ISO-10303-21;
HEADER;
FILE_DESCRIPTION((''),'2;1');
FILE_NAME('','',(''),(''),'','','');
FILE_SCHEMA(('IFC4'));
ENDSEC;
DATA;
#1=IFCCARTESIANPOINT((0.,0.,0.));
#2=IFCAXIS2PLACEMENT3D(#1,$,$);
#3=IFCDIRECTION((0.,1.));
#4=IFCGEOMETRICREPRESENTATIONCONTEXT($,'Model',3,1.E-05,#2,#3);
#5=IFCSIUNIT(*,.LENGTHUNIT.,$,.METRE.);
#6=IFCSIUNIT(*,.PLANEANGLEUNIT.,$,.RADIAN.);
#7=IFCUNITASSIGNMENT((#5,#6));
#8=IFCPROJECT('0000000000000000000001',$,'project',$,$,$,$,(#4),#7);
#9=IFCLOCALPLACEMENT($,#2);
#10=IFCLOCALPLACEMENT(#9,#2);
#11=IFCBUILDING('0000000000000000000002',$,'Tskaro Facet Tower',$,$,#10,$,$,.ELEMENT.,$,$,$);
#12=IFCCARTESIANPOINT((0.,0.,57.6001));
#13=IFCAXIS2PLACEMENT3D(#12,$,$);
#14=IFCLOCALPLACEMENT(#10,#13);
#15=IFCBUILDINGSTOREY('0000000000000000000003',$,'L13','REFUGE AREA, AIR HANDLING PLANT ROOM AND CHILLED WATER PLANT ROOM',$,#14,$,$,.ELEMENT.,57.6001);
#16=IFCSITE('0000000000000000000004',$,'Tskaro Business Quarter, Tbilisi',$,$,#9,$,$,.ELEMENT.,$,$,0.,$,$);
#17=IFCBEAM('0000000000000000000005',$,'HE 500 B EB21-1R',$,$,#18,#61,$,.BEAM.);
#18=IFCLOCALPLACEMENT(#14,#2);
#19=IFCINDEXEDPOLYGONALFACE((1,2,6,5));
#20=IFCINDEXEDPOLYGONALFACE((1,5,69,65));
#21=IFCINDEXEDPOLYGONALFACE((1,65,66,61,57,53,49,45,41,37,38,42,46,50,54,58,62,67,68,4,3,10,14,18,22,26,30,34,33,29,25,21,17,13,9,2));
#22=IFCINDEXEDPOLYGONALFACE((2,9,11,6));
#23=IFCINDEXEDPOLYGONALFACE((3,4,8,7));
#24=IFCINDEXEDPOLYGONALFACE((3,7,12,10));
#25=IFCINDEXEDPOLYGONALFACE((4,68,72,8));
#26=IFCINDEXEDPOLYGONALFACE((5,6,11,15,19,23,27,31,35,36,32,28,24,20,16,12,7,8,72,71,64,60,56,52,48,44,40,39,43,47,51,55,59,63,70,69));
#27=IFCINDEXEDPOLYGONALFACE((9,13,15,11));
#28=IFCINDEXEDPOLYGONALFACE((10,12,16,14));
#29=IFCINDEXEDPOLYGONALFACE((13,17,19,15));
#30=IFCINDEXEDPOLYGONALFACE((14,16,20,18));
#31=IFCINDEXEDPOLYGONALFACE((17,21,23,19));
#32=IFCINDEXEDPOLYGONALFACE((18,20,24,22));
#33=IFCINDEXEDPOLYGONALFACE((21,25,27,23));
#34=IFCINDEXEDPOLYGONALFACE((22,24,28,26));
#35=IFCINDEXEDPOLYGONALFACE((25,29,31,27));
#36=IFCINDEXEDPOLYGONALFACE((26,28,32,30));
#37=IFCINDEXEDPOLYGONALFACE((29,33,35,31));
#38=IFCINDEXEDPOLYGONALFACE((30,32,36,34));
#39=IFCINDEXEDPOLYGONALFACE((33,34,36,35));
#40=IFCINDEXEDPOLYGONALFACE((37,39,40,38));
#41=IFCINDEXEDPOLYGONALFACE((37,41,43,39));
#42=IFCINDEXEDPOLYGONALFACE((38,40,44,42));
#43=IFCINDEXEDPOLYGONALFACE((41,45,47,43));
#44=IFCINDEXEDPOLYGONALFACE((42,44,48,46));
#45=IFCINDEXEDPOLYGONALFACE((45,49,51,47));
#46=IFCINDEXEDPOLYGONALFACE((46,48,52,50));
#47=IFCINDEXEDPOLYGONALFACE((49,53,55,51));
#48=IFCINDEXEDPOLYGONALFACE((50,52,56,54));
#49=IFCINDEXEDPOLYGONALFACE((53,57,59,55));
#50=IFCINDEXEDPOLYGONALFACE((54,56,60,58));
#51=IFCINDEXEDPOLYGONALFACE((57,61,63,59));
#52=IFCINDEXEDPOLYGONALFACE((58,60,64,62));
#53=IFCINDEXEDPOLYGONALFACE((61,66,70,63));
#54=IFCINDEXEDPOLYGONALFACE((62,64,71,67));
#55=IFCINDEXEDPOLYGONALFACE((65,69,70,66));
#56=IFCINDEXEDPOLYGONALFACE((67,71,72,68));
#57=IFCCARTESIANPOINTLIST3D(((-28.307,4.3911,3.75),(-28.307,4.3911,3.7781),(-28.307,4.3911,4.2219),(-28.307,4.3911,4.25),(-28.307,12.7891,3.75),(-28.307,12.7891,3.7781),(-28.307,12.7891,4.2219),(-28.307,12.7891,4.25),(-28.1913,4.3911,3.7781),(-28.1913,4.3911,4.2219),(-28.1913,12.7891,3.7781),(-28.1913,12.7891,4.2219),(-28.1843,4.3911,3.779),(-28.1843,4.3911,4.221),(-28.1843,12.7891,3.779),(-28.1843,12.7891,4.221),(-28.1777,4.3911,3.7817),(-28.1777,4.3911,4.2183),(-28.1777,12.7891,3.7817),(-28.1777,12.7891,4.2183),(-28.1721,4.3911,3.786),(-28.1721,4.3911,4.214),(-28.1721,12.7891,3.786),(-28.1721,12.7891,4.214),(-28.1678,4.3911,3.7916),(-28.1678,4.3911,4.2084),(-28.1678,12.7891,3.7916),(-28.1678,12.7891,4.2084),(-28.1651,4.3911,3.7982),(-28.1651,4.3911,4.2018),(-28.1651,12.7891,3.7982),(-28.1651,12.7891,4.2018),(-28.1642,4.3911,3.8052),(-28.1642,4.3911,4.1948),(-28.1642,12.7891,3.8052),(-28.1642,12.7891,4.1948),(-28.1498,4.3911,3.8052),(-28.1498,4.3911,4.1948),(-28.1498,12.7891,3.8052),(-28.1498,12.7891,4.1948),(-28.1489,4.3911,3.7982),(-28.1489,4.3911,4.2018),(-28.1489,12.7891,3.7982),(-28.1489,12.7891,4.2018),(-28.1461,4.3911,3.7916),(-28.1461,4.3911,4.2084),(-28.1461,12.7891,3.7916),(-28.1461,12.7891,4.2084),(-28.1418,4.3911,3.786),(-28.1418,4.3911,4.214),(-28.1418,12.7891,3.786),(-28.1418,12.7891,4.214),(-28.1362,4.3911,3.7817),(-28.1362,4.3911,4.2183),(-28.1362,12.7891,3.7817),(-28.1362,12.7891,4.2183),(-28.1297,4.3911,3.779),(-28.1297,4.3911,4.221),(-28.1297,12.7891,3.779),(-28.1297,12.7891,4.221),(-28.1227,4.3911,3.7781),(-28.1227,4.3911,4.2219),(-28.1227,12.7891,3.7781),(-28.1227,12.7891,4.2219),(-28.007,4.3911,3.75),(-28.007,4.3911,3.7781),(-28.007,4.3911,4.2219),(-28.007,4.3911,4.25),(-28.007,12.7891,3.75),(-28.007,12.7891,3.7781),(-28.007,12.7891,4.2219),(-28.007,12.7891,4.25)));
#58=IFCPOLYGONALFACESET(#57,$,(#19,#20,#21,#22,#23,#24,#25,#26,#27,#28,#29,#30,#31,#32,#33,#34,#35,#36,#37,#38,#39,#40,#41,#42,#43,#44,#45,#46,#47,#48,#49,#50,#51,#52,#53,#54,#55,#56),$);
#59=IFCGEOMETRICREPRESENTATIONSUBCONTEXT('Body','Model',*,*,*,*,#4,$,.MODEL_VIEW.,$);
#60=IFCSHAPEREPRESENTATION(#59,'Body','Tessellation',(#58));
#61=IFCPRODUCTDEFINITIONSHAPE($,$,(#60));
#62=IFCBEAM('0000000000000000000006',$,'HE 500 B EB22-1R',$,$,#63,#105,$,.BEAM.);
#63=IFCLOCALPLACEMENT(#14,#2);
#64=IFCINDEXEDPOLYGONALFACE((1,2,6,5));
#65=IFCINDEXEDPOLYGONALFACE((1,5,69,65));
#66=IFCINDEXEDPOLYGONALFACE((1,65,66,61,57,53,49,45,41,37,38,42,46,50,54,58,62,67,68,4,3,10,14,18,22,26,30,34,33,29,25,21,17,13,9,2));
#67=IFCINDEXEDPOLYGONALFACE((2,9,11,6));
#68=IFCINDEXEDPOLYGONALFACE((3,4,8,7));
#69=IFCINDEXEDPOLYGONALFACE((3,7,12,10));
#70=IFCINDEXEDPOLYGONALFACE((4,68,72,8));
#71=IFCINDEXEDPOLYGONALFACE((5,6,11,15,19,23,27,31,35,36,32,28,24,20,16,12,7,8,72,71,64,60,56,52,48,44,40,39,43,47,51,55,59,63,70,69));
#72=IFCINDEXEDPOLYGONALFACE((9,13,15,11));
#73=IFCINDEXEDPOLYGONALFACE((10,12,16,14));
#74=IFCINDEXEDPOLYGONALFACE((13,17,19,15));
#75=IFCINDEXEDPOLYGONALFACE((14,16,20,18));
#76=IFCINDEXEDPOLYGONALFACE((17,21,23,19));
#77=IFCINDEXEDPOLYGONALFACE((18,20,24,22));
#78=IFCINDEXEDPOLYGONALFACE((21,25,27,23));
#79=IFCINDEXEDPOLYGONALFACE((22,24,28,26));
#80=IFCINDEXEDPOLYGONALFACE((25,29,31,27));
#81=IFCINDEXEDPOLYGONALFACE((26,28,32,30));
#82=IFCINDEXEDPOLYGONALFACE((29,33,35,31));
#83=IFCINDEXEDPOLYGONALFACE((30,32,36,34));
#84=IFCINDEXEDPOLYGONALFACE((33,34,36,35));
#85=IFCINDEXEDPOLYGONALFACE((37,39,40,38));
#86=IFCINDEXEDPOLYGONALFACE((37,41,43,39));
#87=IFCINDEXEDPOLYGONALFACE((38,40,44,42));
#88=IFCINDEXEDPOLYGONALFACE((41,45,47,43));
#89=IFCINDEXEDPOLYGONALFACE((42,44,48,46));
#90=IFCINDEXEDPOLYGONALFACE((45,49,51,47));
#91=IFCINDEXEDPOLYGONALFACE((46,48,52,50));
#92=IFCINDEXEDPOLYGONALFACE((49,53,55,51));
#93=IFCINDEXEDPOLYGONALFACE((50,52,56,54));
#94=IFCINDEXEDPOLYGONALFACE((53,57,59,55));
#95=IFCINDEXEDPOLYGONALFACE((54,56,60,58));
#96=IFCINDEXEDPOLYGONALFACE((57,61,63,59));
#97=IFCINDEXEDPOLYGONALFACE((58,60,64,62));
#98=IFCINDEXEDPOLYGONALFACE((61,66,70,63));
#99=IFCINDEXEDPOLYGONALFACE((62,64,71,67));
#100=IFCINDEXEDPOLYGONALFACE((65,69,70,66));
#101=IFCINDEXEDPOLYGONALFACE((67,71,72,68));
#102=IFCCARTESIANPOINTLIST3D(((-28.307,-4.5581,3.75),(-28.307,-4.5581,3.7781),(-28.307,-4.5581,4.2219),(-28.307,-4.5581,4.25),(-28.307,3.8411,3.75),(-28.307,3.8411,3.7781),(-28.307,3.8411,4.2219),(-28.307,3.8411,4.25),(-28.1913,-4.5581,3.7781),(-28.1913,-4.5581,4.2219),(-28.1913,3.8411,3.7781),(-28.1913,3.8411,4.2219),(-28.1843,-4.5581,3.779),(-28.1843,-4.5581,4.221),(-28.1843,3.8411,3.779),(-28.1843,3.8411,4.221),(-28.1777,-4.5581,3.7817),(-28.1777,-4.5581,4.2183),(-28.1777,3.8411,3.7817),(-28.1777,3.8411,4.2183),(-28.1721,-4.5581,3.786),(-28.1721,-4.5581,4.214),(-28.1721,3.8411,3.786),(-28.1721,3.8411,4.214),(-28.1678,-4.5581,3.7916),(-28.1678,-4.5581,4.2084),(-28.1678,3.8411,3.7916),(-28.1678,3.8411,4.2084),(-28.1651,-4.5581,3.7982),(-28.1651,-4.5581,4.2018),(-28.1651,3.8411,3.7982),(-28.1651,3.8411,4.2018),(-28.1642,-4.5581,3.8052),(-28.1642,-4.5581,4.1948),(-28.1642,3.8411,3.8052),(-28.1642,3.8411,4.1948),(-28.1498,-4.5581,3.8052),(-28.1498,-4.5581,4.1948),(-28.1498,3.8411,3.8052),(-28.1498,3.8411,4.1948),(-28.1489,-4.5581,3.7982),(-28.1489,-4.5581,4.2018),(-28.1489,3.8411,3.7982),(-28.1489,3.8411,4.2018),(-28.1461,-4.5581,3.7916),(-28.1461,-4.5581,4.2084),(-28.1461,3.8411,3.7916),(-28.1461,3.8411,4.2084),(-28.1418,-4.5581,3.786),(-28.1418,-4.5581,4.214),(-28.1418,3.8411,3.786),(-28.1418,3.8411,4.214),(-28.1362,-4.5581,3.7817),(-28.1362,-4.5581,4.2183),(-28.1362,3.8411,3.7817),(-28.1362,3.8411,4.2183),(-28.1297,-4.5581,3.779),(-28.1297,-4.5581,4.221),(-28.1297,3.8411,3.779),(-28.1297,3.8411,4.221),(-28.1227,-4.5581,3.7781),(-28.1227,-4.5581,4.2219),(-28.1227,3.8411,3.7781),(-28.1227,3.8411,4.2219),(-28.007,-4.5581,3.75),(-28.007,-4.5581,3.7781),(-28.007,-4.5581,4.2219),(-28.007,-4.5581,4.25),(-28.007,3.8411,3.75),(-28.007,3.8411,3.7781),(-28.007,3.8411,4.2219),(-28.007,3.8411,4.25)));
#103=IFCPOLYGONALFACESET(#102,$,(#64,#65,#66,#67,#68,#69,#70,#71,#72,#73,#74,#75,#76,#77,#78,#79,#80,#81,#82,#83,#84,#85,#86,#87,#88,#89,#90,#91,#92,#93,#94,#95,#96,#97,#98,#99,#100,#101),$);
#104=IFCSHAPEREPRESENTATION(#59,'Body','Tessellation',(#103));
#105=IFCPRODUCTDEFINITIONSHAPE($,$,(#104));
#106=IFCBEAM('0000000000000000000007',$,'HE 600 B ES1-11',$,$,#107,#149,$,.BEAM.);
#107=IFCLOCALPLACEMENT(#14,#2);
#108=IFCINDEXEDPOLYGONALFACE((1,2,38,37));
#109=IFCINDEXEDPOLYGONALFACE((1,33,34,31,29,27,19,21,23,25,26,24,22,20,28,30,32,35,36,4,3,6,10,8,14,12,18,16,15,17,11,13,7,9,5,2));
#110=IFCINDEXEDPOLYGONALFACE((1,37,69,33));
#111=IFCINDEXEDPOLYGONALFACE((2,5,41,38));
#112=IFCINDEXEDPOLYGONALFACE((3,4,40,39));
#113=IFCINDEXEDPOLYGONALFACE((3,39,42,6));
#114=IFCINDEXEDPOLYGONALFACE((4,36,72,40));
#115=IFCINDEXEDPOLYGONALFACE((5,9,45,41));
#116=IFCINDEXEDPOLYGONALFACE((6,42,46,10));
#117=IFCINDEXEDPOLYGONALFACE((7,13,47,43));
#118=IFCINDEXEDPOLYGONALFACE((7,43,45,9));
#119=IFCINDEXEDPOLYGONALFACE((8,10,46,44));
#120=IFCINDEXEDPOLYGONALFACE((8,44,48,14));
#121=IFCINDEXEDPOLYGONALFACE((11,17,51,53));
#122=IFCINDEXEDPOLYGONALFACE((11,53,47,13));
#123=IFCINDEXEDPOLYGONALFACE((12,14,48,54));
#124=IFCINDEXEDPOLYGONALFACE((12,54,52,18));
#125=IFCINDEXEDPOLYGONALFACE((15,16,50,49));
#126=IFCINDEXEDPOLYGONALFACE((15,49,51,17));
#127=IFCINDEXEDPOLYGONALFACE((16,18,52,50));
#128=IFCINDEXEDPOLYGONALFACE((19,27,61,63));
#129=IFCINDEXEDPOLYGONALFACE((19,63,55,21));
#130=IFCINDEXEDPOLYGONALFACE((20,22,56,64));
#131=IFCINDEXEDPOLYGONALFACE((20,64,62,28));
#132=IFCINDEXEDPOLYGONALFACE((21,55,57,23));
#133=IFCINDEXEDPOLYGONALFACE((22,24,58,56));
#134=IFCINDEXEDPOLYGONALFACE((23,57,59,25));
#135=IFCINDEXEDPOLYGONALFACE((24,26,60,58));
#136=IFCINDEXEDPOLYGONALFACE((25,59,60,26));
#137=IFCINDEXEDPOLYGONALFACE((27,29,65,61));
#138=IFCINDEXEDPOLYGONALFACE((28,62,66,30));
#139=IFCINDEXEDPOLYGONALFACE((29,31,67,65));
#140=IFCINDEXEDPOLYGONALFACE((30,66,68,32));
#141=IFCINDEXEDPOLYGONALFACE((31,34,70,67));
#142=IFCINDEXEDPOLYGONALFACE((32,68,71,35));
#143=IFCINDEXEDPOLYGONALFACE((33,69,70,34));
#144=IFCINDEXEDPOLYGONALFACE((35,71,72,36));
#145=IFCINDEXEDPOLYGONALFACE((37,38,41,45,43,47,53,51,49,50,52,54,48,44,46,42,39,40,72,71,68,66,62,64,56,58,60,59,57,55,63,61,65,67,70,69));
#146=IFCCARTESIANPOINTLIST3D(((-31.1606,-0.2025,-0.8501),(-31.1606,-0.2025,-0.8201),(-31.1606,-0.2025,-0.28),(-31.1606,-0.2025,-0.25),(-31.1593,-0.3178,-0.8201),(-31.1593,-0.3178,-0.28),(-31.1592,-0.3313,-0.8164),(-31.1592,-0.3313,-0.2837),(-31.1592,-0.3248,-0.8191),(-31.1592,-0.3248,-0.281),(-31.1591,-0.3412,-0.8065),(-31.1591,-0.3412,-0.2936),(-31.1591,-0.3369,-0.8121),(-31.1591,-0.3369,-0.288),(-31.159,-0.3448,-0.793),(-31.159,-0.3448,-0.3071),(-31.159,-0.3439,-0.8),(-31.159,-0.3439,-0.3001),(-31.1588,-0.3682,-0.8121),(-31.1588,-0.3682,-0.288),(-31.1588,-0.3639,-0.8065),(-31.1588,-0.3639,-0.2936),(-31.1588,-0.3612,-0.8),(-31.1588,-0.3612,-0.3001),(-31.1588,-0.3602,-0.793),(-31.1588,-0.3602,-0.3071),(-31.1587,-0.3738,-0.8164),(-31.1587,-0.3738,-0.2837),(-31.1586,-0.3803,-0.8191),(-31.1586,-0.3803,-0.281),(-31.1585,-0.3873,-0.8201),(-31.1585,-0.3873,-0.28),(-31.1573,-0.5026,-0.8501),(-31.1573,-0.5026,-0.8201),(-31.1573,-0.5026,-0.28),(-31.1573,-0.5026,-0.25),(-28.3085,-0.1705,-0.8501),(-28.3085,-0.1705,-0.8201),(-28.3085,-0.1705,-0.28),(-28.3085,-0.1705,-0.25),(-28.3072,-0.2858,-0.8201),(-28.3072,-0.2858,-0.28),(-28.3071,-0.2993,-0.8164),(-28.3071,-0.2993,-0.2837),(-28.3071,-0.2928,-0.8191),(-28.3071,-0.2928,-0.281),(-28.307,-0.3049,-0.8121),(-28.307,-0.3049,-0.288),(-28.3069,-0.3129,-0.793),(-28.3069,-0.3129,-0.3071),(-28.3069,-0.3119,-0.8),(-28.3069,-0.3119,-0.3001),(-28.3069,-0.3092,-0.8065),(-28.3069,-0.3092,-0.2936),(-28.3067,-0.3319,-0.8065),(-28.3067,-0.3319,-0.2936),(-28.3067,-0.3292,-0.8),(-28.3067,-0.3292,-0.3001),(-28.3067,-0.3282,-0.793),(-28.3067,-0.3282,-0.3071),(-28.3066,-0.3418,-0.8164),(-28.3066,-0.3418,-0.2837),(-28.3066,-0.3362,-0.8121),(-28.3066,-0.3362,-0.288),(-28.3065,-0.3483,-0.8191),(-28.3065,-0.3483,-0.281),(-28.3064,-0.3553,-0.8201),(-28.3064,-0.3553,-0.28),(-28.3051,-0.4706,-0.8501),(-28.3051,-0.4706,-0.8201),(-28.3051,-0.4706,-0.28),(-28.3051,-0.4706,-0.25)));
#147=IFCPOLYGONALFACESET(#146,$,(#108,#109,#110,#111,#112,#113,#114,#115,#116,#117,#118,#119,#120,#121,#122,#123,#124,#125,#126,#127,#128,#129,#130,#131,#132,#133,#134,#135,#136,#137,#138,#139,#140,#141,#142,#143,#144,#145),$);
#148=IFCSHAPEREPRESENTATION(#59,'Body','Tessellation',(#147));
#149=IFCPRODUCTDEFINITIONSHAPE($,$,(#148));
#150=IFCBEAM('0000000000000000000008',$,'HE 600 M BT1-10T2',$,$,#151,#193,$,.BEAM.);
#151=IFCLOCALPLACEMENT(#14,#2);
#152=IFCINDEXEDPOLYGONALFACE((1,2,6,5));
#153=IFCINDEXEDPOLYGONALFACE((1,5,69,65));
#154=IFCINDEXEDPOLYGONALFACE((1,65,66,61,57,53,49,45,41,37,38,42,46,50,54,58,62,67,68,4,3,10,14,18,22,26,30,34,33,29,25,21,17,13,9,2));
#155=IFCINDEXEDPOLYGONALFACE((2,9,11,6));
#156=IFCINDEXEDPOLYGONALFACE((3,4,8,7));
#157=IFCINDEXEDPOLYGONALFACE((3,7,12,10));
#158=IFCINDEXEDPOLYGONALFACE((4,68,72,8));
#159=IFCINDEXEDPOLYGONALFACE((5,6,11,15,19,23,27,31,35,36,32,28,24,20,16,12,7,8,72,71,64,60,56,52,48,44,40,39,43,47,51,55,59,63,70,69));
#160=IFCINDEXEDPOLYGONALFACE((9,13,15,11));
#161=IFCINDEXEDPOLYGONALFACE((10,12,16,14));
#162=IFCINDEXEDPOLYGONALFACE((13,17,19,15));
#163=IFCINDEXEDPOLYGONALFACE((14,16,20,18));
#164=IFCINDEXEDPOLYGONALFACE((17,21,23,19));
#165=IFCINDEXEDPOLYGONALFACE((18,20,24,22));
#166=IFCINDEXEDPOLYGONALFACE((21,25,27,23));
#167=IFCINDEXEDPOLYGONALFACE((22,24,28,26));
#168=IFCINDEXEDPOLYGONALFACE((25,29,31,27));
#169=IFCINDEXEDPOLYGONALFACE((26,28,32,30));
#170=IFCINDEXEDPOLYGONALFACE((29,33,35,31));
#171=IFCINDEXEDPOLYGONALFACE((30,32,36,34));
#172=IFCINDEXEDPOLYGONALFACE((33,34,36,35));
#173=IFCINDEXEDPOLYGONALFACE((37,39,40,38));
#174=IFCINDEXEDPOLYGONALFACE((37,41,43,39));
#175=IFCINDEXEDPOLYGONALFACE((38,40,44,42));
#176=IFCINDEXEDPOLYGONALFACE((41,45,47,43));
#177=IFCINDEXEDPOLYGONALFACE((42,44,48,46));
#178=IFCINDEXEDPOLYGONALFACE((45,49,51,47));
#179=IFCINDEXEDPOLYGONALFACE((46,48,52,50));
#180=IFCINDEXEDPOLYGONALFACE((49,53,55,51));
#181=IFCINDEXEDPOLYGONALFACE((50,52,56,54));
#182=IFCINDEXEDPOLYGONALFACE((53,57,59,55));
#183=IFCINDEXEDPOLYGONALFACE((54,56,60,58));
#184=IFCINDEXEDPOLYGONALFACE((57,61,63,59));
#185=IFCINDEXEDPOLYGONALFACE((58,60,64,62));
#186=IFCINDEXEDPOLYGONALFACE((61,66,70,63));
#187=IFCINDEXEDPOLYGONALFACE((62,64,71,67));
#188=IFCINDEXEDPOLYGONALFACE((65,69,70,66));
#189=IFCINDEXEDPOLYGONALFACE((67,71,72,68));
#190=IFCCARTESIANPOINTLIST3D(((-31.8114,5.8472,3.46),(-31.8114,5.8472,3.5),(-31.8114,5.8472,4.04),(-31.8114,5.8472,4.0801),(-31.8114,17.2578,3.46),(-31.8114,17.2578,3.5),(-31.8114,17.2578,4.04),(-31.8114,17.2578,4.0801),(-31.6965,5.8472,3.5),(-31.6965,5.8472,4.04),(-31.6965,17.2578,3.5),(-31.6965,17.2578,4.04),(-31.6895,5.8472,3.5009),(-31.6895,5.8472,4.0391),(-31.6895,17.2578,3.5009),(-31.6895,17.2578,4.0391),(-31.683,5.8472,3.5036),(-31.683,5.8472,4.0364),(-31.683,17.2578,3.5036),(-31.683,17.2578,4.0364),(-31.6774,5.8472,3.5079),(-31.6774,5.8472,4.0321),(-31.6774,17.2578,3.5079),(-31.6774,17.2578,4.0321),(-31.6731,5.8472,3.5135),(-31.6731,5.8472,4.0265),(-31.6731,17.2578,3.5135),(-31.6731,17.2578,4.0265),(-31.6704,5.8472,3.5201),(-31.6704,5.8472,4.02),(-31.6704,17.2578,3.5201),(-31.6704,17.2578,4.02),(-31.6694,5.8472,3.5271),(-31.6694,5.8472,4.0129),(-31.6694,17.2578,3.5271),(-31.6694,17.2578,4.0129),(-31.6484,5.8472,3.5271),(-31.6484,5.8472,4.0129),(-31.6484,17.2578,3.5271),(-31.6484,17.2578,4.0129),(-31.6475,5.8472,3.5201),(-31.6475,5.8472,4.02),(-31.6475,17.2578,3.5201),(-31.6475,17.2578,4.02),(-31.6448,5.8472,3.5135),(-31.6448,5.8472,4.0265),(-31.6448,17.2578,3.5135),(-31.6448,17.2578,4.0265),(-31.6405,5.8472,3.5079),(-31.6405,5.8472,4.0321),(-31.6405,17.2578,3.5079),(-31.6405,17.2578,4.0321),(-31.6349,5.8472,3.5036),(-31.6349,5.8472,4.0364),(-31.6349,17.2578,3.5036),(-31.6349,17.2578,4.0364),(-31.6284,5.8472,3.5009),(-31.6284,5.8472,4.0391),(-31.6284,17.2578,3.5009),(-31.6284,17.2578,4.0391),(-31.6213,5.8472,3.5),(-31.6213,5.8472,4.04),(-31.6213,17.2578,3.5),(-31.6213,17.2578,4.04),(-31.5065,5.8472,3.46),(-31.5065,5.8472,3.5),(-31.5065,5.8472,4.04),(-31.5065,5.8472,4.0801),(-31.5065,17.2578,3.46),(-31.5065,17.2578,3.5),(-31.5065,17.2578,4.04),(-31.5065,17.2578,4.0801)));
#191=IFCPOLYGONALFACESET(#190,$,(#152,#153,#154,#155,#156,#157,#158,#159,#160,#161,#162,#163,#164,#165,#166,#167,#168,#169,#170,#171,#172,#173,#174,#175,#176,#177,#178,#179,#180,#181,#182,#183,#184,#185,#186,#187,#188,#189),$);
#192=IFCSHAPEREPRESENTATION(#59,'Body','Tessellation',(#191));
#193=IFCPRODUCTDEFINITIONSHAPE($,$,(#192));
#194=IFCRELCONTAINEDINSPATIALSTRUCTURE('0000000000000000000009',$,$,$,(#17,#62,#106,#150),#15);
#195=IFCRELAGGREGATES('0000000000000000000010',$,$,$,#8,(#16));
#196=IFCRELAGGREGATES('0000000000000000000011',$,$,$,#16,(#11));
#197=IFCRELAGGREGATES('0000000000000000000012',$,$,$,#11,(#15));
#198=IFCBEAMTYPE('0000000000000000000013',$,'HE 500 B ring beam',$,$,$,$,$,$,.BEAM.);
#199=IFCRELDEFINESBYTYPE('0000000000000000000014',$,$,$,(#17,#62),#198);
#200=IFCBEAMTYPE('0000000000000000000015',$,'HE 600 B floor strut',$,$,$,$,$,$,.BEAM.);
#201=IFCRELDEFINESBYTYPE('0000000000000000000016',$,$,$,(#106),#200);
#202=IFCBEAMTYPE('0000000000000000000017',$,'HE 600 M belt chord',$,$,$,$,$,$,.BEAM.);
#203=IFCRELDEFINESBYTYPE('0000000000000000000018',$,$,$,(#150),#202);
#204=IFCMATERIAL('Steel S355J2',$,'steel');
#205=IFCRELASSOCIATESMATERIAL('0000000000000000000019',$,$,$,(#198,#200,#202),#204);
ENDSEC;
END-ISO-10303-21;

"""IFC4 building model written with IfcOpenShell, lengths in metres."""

from ifc_helpers import new_model, si_unit, direction, frame, origin, origin_2d, place, context, subcontext, project, spatial, i_section, extrude, material, material_profile, profile_set, type_object, element, save


model = new_model("IFC4")

# Units and contexts
model_context = context("Model", 3, precision=1e-05, world=origin(), true_north=direction((0.0, 1.0)))
body_context = subcontext(model_context, "Body", "Model", "MODEL_VIEW")
ifc_project = project(units=[si_unit("LENGTHUNIT", "METRE"), si_unit("PLANEANGLEUNIT", "RADIAN")], contexts=[model_context])

# Site, building, storey
site_placement = place(None, origin())
site = spatial("IfcSite", under=ifc_project, at=site_placement, Name="Tskaro Business Quarter, Tbilisi", CompositionType="ELEMENT", RefElevation=0.0)
building_placement = place(site_placement, origin())
building = spatial("IfcBuilding", under=site, at=building_placement, Name="Tskaro Facet Tower", CompositionType="ELEMENT")
storey_placement = place(building_placement, frame((0.0, 0.0, 57.6001)))
storey = spatial("IfcBuildingStorey", under=building, at=storey_placement, Name="L13", Description="REFUGE AREA, AIR HANDLING PLANT ROOM AND CHILLED WATER PLANT ROOM", CompositionType="ELEMENT", Elevation=57.6001)

# Shared definitions
ifc_material_1 = material(Name="Steel S355J2", Category="steel")

# Beams
ifc_material_profile_1 = material_profile(ifc_material_1, i_section(OverallWidth=0.3, OverallDepth=0.5, WebThickness=0.0144, FlangeThickness=0.0281, FilletRadius=0.0271, at=origin_2d()), Name="HE 500 B")
ifc_profile_set_1 = profile_set([ifc_material_profile_1], Name="Steel S355J2")
beam_type_1 = type_object("IfcBeamType", Name="HE 500 B ring beam", PredefinedType="BEAM", material=ifc_profile_set_1)
beam_1_placement = place(storey_placement, frame((-28.157, 12.7891, 4.0), z_axis=(0.0, -1.0, 0.0), x_axis=(1.0, 0.0, 0.0)))
element("IfcBeam", 1, at=beam_1_placement, inside=storey, type_object=beam_type_1, Name="HE 500 B EB21-1R", PredefinedType="BEAM", context=body_context, shape_type="SweptSolid", body=[
    extrude(i_section(OverallWidth=0.3, OverallDepth=0.5, WebThickness=0.0144, FlangeThickness=0.0281, FilletRadius=0.0271, at=origin_2d()), origin(), (0.0, 0.0, 1.0), 8.3979),
])
beam_2_placement = place(storey_placement, frame((-28.157, 3.8411, 4.0), z_axis=(0.0, -1.0, 0.0), x_axis=(1.0, 0.0, 0.0)))
element("IfcBeam", 2, at=beam_2_placement, inside=storey, type_object=beam_type_1, Name="HE 500 B EB22-1R", PredefinedType="BEAM", context=body_context, shape_type="SweptSolid", body=[
    extrude(i_section(OverallWidth=0.3, OverallDepth=0.5, WebThickness=0.0144, FlangeThickness=0.0281, FilletRadius=0.0271, at=origin_2d()), origin(), (0.0, 0.0, 1.0), 8.3992),
])
ifc_material_profile_2 = material_profile(ifc_material_1, i_section(OverallWidth=0.3, OverallDepth=0.6001, WebThickness=0.0154, FlangeThickness=0.03, FilletRadius=0.0271, at=origin_2d()), Name="HE 600 B")
ifc_profile_set_2 = profile_set([ifc_material_profile_2], Name="Steel S355J2")
beam_type_2 = type_object("IfcBeamType", Name="HE 600 B floor strut", PredefinedType="BEAM", material=ifc_profile_set_2)
beam_3_placement = place(storey_placement, frame((-31.1589, -0.3525, -0.55), z_axis=(0.999937, 0.011213, 0.0), x_axis=(-0.011213, 0.999937, 0.0)))
element("IfcBeam", 3, at=beam_3_placement, inside=storey, type_object=beam_type_2, Name="HE 600 B ES1-11", PredefinedType="BEAM", context=body_context, shape_type="SweptSolid", body=[
    extrude(i_section(OverallWidth=0.3, OverallDepth=0.6001, WebThickness=0.0154, FlangeThickness=0.03, FilletRadius=0.0271, at=origin_2d()), origin(), (0.0, 0.0, 1.0), 2.8523),
])
ifc_material_profile_3 = material_profile(ifc_material_1, i_section(OverallWidth=0.3049, OverallDepth=0.6201, WebThickness=0.021, FlangeThickness=0.04, FilletRadius=0.0271, at=origin_2d()), Name="HE 600 M")
ifc_profile_set_3 = profile_set([ifc_material_profile_3], Name="Steel S355J2")
beam_type_3 = type_object("IfcBeamType", Name="HE 600 M belt chord", PredefinedType="BEAM", material=ifc_profile_set_3)
beam_4_placement = place(storey_placement, frame((-31.6589, 17.2578, 3.77), z_axis=(0.0, -1.0, 0.0), x_axis=(1.0, 0.0, 0.0)))
element("IfcBeam", 4, at=beam_4_placement, inside=storey, type_object=beam_type_3, Name="HE 600 M BT1-10T2", PredefinedType="BEAM", context=body_context, shape_type="SweptSolid", body=[
    extrude(i_section(OverallWidth=0.3049, OverallDepth=0.6201, WebThickness=0.021, FlangeThickness=0.04, FilletRadius=0.0271, at=origin_2d()), origin(), (0.0, 0.0, 1.0), 11.4106),
])

save(model, "model.ifc")
